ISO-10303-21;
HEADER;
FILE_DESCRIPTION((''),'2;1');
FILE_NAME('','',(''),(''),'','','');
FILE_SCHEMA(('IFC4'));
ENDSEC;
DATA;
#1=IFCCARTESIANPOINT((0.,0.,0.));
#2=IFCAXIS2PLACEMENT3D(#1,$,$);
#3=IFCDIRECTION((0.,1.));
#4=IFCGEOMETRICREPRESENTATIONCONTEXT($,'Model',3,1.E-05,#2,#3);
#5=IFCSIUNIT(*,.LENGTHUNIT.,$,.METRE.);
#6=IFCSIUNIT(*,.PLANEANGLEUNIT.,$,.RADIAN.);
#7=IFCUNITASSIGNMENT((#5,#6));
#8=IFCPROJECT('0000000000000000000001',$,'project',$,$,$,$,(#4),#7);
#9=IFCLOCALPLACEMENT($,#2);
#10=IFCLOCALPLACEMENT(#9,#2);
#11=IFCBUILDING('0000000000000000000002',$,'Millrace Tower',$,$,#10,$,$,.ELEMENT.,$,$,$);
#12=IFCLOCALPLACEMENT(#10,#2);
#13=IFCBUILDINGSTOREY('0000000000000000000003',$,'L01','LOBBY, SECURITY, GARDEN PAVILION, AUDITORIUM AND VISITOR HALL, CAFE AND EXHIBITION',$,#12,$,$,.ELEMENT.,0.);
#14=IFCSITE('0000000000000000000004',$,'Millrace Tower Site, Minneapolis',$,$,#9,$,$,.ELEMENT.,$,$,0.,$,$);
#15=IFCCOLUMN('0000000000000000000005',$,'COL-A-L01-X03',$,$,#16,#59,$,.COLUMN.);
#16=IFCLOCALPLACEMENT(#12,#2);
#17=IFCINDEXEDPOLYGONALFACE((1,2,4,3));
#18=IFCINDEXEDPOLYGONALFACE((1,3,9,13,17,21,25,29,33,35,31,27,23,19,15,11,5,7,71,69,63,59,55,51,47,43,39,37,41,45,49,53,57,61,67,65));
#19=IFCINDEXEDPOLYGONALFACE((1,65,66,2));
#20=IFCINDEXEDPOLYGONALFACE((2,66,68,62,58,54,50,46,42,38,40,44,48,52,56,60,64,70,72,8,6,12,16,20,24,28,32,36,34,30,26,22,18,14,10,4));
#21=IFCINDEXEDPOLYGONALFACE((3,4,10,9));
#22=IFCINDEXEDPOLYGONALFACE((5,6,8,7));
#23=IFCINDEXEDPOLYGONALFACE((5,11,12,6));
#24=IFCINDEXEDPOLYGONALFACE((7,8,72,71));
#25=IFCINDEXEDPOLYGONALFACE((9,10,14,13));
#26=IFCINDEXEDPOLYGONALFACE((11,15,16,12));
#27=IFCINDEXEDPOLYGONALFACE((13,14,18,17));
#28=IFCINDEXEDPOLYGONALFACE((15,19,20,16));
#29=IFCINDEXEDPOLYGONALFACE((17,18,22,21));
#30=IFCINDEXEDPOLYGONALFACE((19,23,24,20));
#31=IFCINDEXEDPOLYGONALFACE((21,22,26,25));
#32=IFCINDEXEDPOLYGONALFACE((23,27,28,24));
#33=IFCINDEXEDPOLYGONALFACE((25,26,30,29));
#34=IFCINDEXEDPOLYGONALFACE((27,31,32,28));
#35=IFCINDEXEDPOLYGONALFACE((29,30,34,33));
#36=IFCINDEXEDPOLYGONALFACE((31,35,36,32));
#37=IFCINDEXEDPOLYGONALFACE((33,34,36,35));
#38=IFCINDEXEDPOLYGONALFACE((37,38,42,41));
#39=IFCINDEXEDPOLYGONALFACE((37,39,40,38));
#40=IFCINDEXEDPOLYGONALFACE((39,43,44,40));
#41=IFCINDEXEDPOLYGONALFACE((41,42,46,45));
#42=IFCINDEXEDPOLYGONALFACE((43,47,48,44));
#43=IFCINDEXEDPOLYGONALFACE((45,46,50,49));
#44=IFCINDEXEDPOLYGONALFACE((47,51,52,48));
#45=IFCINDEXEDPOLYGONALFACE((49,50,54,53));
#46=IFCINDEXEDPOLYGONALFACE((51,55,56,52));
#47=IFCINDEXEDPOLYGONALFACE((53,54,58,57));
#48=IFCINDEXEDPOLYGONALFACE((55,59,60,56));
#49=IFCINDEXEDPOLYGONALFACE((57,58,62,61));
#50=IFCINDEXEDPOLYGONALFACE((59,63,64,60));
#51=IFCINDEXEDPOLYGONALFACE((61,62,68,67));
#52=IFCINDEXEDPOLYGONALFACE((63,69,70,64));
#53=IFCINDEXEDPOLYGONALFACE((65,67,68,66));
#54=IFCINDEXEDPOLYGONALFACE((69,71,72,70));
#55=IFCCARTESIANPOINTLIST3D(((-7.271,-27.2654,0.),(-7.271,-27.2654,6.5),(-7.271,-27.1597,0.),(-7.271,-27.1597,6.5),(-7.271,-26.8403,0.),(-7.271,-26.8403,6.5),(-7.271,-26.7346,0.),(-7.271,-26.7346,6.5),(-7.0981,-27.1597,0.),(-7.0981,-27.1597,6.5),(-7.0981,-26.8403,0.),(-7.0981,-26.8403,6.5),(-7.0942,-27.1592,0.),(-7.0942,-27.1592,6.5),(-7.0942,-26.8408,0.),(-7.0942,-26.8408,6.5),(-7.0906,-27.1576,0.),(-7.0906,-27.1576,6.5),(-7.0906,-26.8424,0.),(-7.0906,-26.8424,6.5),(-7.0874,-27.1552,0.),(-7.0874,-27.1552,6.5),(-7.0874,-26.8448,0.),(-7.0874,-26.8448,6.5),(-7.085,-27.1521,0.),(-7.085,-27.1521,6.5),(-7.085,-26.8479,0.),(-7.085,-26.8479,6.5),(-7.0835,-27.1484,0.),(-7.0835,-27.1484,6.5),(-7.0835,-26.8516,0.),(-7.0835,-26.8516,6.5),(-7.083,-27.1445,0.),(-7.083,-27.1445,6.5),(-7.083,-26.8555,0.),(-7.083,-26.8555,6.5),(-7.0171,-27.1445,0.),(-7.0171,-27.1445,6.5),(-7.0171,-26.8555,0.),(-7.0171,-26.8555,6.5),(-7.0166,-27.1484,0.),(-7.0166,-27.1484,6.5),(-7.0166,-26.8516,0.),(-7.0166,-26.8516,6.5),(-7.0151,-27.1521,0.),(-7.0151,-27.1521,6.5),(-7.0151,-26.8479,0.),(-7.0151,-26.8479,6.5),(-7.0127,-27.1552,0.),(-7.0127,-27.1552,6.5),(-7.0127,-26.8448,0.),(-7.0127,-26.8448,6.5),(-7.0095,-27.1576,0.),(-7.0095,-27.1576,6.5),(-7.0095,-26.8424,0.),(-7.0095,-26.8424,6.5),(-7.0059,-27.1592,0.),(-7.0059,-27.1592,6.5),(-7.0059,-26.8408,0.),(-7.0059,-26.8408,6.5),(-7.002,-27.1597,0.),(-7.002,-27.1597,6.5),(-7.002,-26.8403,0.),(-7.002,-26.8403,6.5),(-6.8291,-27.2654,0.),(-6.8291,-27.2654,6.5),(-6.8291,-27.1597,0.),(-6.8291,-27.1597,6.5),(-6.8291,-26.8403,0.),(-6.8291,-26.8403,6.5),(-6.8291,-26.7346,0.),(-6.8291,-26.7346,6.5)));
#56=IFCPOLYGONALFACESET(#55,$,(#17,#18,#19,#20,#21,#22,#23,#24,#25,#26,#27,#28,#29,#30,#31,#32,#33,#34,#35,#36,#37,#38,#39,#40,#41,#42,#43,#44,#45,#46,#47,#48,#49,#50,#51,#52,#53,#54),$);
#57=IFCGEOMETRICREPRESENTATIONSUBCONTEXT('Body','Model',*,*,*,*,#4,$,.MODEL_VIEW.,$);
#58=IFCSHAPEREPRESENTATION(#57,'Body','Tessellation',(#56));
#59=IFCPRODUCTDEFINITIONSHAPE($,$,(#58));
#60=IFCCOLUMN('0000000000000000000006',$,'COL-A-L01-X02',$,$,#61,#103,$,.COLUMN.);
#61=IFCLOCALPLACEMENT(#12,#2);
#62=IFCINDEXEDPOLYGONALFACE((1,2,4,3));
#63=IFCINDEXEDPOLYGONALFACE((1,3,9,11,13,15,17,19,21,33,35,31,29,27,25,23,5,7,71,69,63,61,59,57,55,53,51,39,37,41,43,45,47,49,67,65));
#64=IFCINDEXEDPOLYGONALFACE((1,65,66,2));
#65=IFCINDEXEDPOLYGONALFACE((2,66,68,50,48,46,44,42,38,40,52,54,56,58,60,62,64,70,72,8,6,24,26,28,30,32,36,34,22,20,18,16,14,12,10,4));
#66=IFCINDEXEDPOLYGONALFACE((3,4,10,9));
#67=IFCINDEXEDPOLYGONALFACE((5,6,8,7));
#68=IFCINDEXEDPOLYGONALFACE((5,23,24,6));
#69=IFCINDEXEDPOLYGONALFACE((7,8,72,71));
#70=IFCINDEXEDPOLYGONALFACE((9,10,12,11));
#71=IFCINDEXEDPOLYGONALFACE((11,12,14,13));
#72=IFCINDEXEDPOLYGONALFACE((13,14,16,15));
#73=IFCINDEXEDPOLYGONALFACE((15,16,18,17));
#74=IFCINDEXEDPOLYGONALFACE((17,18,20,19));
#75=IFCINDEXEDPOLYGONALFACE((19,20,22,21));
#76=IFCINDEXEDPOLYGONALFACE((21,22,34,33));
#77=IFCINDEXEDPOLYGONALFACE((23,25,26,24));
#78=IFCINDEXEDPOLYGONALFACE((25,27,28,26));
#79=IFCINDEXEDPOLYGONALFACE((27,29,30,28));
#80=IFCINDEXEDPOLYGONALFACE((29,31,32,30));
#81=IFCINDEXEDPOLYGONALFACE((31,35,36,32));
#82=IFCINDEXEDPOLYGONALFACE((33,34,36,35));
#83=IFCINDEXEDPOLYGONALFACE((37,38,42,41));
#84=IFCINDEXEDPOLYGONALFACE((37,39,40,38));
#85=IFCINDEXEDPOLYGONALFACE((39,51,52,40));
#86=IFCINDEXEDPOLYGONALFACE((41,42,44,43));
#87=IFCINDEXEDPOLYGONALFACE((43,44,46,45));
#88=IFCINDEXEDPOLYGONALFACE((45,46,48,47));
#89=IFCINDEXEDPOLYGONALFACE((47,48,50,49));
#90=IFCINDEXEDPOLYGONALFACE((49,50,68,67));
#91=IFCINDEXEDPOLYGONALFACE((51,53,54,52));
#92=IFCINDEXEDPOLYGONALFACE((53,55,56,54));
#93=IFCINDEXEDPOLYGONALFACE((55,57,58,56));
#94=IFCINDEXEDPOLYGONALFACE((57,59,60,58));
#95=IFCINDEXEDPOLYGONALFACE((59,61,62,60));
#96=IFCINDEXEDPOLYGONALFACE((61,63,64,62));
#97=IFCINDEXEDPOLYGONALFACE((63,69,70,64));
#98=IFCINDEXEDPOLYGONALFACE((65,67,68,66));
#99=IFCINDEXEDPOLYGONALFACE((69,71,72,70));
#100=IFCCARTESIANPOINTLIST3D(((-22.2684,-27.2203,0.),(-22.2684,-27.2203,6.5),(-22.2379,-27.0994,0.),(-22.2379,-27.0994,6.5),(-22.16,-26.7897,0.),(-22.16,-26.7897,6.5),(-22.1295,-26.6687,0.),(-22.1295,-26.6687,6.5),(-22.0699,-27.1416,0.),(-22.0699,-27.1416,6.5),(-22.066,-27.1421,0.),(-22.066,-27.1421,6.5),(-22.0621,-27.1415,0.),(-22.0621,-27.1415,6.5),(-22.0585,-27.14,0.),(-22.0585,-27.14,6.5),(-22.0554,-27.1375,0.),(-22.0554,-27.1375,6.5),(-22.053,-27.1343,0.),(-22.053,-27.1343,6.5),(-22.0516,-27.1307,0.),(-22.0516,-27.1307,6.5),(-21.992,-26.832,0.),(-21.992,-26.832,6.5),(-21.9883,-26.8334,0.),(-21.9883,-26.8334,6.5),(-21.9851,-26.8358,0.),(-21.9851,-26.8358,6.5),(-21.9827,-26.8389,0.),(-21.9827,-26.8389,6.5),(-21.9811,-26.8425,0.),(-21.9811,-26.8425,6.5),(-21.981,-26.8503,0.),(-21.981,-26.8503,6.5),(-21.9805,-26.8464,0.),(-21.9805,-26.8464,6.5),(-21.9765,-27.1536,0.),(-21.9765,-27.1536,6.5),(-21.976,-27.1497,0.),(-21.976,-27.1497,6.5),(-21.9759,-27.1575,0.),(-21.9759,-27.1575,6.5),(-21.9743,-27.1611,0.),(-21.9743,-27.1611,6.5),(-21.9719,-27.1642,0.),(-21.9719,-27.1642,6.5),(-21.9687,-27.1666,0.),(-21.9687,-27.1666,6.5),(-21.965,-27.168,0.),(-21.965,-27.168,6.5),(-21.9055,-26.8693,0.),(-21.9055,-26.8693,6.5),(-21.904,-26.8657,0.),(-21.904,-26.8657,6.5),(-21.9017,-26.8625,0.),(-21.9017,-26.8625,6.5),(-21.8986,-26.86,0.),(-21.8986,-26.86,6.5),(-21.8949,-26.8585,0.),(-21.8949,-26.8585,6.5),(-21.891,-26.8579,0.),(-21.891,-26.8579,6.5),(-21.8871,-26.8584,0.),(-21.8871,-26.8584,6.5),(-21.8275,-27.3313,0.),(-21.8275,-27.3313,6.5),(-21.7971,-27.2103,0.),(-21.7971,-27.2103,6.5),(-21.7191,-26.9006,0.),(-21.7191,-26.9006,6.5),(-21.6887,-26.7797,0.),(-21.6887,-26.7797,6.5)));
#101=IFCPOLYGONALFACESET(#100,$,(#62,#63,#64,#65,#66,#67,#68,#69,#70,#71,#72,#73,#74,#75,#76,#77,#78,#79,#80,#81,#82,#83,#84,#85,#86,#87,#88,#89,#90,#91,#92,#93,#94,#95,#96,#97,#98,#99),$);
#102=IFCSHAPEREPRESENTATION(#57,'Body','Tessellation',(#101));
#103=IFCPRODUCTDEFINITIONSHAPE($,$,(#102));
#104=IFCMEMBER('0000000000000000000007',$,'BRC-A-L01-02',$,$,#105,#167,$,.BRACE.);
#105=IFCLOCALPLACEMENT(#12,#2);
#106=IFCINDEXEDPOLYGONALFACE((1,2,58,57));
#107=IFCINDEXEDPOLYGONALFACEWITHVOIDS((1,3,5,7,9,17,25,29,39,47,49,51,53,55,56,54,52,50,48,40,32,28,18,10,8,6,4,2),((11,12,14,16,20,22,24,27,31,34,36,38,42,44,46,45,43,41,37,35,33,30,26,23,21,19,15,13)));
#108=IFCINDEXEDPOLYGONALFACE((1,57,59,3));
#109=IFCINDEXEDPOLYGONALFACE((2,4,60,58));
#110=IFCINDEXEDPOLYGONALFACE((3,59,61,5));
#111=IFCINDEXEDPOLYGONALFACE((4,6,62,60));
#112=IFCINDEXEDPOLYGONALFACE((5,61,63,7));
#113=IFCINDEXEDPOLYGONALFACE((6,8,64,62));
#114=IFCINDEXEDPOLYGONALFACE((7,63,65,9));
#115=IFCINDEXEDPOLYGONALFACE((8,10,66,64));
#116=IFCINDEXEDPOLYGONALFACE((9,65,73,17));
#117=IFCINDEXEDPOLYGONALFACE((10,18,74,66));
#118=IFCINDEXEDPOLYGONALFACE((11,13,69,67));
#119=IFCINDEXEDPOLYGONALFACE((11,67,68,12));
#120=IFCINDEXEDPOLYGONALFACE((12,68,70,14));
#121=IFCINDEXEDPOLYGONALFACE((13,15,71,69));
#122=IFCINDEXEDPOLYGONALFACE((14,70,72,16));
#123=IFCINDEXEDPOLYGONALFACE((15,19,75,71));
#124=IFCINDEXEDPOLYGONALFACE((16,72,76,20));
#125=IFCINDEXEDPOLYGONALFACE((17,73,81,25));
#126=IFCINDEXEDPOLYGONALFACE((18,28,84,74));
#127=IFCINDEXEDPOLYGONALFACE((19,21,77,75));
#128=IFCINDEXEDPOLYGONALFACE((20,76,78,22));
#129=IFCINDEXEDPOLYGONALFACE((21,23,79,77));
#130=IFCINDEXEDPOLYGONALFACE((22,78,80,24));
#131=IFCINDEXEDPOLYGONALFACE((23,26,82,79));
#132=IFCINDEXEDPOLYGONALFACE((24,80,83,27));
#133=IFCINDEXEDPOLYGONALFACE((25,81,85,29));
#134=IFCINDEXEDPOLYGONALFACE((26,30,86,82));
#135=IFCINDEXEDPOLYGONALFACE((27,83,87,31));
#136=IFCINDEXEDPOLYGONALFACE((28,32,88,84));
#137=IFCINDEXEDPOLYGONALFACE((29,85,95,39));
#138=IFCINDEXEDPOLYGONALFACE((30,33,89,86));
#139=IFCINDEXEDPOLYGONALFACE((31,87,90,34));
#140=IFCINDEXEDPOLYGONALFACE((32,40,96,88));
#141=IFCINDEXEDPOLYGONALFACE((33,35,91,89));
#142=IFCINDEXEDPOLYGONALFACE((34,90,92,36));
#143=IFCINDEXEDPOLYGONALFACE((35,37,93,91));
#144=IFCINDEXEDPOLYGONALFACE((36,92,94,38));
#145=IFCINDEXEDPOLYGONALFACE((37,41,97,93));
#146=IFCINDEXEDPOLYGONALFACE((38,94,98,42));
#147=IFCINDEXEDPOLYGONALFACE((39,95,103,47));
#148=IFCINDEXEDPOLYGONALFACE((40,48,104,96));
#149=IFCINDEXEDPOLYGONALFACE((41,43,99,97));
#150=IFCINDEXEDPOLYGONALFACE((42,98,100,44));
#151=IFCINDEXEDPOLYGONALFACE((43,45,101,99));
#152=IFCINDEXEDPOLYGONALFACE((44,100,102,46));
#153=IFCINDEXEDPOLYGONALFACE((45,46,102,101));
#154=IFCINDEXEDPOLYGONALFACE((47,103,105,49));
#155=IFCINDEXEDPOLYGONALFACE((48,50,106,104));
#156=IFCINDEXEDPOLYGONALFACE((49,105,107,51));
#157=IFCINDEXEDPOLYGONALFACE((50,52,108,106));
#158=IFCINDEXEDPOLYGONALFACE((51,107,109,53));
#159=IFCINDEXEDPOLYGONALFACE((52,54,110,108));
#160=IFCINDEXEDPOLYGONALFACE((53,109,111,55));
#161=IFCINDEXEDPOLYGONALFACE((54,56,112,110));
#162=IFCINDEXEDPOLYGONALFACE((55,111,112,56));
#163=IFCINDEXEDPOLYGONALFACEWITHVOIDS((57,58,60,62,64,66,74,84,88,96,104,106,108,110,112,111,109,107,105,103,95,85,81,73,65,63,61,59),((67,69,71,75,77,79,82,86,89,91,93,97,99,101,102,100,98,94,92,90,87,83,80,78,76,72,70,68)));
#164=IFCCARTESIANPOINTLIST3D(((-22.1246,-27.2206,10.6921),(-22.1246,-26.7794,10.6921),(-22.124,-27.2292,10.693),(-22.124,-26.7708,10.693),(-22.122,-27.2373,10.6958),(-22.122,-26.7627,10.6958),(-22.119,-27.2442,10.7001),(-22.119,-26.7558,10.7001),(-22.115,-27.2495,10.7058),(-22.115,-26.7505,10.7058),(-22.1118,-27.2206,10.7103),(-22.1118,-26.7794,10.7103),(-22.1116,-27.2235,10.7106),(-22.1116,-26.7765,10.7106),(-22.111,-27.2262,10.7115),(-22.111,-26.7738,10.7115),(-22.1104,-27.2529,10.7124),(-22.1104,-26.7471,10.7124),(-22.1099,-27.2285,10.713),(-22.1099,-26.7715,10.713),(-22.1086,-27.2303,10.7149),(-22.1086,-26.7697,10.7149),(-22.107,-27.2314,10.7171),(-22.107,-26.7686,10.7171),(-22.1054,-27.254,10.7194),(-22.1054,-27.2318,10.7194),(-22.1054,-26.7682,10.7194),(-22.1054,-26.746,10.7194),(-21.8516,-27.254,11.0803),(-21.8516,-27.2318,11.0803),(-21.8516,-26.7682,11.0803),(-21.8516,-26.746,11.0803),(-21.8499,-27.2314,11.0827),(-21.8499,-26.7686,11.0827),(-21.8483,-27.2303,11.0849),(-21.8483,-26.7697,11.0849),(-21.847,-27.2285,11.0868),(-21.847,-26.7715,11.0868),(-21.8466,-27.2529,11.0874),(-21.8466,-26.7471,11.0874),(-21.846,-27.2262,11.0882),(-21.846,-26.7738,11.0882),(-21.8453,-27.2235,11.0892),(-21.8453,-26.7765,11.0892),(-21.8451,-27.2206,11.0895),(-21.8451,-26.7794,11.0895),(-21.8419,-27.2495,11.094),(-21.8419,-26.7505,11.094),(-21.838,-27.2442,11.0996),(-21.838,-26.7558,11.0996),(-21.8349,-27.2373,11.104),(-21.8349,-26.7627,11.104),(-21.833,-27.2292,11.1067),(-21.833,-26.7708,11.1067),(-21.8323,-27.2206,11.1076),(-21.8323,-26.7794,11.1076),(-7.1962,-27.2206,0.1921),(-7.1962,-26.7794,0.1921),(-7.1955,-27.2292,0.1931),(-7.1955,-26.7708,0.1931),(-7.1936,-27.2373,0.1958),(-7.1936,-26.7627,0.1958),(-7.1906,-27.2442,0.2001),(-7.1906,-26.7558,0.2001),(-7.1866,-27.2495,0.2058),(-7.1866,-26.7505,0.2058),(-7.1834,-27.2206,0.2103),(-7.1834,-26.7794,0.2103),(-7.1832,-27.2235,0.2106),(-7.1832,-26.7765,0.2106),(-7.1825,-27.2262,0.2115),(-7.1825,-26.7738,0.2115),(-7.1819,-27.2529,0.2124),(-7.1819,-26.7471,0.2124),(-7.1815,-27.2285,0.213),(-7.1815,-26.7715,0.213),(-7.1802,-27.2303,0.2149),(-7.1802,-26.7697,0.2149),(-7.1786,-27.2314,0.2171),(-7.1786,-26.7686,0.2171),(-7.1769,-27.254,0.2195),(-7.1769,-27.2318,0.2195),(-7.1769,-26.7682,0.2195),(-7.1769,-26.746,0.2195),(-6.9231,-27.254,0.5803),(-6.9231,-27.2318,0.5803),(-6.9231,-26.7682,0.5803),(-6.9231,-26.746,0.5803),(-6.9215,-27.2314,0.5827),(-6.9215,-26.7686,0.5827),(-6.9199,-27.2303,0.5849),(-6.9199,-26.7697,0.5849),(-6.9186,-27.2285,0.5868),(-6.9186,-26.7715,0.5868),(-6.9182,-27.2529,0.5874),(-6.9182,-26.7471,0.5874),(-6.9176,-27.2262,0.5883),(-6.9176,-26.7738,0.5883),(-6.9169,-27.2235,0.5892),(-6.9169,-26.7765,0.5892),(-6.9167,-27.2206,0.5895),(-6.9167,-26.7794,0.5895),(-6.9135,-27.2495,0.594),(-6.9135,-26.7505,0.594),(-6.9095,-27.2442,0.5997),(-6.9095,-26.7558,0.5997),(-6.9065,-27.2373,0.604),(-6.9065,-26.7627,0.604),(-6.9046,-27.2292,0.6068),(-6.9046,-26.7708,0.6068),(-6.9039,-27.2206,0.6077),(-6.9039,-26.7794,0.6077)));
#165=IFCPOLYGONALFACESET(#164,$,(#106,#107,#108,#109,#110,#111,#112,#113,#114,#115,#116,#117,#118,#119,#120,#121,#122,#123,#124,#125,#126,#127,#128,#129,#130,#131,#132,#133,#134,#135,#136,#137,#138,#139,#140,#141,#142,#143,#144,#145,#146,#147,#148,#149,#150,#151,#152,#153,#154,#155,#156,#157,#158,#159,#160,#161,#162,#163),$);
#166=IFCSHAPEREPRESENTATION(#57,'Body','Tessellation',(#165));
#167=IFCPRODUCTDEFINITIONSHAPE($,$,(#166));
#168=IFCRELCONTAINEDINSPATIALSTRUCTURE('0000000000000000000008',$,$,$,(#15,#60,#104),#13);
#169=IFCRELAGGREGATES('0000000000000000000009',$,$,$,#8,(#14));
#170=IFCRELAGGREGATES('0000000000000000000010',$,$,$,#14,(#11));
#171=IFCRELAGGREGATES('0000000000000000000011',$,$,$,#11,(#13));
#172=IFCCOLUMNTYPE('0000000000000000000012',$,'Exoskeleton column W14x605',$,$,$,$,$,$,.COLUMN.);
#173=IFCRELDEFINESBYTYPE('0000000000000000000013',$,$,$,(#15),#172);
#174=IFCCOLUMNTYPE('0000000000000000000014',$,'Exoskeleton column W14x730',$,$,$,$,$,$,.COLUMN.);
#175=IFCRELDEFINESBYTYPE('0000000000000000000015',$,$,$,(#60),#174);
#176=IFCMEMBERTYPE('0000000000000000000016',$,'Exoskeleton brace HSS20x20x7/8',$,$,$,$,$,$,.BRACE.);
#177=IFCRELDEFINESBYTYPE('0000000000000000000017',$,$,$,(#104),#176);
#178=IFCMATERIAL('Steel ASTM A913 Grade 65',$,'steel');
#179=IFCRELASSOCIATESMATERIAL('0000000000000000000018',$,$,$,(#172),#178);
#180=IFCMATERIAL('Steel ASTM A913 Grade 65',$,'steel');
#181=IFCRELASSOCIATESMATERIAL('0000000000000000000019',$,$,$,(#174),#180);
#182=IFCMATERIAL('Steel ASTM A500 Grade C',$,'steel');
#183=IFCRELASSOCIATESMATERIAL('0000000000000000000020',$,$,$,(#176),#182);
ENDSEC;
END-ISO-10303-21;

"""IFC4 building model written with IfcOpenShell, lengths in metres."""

from ifc_helpers import new_model, si_unit, direction, frame, origin, origin_2d, place, context, subcontext, project, spatial, hollow_rectangle, i_section, extrude, material, material_profile, profile_set, type_object, element, save


model = new_model("IFC4")

# Units and contexts
model_context = context("Model", 3, precision=1e-05, world=origin(), true_north=direction((0.0, 1.0)))
body_context = subcontext(model_context, "Body", "Model", "MODEL_VIEW")
ifc_project = project(units=[si_unit("LENGTHUNIT", "METRE"), si_unit("PLANEANGLEUNIT", "RADIAN")], contexts=[model_context])

# Site, building, storey
site_placement = place(None, origin())
site = spatial("IfcSite", under=ifc_project, at=site_placement, Name="Millrace Tower Site, Minneapolis", CompositionType="ELEMENT", RefElevation=0.0)
building_placement = place(site_placement, origin())
building = spatial("IfcBuilding", under=site, at=building_placement, Name="Millrace Tower", CompositionType="ELEMENT")
storey_placement = place(building_placement, origin())
storey = spatial("IfcBuildingStorey", under=building, at=storey_placement, Name="L01", Description="LOBBY, SECURITY, GARDEN PAVILION, AUDITORIUM AND VISITOR HALL, CAFE AND EXHIBITION", CompositionType="ELEMENT", Elevation=0.0)

# Columns
ifc_material_1 = material(Name="Steel ASTM A913 Grade 65", Category="steel")
ifc_material_profile_1 = material_profile(ifc_material_1, i_section(OverallWidth=0.4419, OverallDepth=0.5308, WebThickness=0.0659, FlangeThickness=0.1057, FilletRadius=0.0151, at=origin_2d()))
ifc_profile_set_1 = profile_set([ifc_material_profile_1], Name="Steel ASTM A913 Grade 65")
column_type_1 = type_object("IfcColumnType", Name="Exoskeleton column W14x605", PredefinedType="COLUMN", material=ifc_profile_set_1)
column_1_placement = place(storey_placement, frame((-7.05, -27.0, 0.0), z_axis=(0.0, 0.0, 1.0), x_axis=(1.0, 0.0, 0.0)))
element("IfcColumn", 1, at=column_1_placement, inside=storey, type_object=column_type_1, Name="COL-A-L01-X03", PredefinedType="COLUMN", context=body_context, shape_type="SweptSolid", body=[
    extrude(i_section(OverallWidth=0.4419, OverallDepth=0.5308, WebThickness=0.0659, FlangeThickness=0.1057, FilletRadius=0.0151, at=origin_2d()), origin(), (0.0, 0.0, 1.0), 6.5),
])
ifc_material_2 = material(Name="Steel ASTM A913 Grade 65", Category="steel")
ifc_material_profile_2 = material_profile(ifc_material_2, i_section(OverallWidth=0.4546, OverallDepth=0.5688, WebThickness=0.0779, FlangeThickness=0.1248, FilletRadius=0.0151, at=origin_2d()))
ifc_profile_set_2 = profile_set([ifc_material_profile_2], Name="Steel ASTM A913 Grade 65")
column_type_2 = type_object("IfcColumnType", Name="Exoskeleton column W14x730", PredefinedType="COLUMN", material=ifc_profile_set_2)
column_2_placement = place(storey_placement, frame((-21.9785, -27.0, 0.0), z_axis=(0.0, 0.0, 1.0), x_axis=(0.969752, -0.244094, 0.0)))
element("IfcColumn", 2, at=column_2_placement, inside=storey, type_object=column_type_2, Name="COL-A-L01-X02", PredefinedType="COLUMN", context=body_context, shape_type="SweptSolid", body=[
    extrude(i_section(OverallWidth=0.4546, OverallDepth=0.5688, WebThickness=0.0779, FlangeThickness=0.1248, FilletRadius=0.0151, at=origin_2d()), origin(), (0.0, 0.0, 1.0), 6.5),
])

# Member
ifc_material_3 = material(Name="Steel ASTM A500 Grade C", Category="steel")
ifc_material_profile_3 = material_profile(ifc_material_3, hollow_rectangle(XDim=0.5081, YDim=0.5081, WallThickness=0.0222, InnerFilletRadius=0.0112, OuterFilletRadius=0.0334, at=origin_2d()))
ifc_profile_set_3 = profile_set([ifc_material_profile_3], Name="Steel ASTM A500 Grade C")
member_type = type_object("IfcMemberType", Name="Exoskeleton brace HSS20x20x7/8", PredefinedType="BRACE", material=ifc_profile_set_3)
member_1_placement = place(storey_placement, frame((-7.05, -27.0, 0.3999), z_axis=(-0.817941, 0.0, 0.575302), x_axis=(0.0, -1.0, 0.0)))
element("IfcMember", 3, at=member_1_placement, inside=storey, type_object=member_type, Name="BRC-A-L01-02", PredefinedType="BRACE", context=body_context, shape_type="SweptSolid", body=[
    extrude(hollow_rectangle(XDim=0.5081, YDim=0.5081, WallThickness=0.0222, InnerFilletRadius=0.0112, OuterFilletRadius=0.0334, at=origin_2d()), origin(), (0.0, 0.0, 1.0), 18.2512),
])

save(model, "model.ifc")
